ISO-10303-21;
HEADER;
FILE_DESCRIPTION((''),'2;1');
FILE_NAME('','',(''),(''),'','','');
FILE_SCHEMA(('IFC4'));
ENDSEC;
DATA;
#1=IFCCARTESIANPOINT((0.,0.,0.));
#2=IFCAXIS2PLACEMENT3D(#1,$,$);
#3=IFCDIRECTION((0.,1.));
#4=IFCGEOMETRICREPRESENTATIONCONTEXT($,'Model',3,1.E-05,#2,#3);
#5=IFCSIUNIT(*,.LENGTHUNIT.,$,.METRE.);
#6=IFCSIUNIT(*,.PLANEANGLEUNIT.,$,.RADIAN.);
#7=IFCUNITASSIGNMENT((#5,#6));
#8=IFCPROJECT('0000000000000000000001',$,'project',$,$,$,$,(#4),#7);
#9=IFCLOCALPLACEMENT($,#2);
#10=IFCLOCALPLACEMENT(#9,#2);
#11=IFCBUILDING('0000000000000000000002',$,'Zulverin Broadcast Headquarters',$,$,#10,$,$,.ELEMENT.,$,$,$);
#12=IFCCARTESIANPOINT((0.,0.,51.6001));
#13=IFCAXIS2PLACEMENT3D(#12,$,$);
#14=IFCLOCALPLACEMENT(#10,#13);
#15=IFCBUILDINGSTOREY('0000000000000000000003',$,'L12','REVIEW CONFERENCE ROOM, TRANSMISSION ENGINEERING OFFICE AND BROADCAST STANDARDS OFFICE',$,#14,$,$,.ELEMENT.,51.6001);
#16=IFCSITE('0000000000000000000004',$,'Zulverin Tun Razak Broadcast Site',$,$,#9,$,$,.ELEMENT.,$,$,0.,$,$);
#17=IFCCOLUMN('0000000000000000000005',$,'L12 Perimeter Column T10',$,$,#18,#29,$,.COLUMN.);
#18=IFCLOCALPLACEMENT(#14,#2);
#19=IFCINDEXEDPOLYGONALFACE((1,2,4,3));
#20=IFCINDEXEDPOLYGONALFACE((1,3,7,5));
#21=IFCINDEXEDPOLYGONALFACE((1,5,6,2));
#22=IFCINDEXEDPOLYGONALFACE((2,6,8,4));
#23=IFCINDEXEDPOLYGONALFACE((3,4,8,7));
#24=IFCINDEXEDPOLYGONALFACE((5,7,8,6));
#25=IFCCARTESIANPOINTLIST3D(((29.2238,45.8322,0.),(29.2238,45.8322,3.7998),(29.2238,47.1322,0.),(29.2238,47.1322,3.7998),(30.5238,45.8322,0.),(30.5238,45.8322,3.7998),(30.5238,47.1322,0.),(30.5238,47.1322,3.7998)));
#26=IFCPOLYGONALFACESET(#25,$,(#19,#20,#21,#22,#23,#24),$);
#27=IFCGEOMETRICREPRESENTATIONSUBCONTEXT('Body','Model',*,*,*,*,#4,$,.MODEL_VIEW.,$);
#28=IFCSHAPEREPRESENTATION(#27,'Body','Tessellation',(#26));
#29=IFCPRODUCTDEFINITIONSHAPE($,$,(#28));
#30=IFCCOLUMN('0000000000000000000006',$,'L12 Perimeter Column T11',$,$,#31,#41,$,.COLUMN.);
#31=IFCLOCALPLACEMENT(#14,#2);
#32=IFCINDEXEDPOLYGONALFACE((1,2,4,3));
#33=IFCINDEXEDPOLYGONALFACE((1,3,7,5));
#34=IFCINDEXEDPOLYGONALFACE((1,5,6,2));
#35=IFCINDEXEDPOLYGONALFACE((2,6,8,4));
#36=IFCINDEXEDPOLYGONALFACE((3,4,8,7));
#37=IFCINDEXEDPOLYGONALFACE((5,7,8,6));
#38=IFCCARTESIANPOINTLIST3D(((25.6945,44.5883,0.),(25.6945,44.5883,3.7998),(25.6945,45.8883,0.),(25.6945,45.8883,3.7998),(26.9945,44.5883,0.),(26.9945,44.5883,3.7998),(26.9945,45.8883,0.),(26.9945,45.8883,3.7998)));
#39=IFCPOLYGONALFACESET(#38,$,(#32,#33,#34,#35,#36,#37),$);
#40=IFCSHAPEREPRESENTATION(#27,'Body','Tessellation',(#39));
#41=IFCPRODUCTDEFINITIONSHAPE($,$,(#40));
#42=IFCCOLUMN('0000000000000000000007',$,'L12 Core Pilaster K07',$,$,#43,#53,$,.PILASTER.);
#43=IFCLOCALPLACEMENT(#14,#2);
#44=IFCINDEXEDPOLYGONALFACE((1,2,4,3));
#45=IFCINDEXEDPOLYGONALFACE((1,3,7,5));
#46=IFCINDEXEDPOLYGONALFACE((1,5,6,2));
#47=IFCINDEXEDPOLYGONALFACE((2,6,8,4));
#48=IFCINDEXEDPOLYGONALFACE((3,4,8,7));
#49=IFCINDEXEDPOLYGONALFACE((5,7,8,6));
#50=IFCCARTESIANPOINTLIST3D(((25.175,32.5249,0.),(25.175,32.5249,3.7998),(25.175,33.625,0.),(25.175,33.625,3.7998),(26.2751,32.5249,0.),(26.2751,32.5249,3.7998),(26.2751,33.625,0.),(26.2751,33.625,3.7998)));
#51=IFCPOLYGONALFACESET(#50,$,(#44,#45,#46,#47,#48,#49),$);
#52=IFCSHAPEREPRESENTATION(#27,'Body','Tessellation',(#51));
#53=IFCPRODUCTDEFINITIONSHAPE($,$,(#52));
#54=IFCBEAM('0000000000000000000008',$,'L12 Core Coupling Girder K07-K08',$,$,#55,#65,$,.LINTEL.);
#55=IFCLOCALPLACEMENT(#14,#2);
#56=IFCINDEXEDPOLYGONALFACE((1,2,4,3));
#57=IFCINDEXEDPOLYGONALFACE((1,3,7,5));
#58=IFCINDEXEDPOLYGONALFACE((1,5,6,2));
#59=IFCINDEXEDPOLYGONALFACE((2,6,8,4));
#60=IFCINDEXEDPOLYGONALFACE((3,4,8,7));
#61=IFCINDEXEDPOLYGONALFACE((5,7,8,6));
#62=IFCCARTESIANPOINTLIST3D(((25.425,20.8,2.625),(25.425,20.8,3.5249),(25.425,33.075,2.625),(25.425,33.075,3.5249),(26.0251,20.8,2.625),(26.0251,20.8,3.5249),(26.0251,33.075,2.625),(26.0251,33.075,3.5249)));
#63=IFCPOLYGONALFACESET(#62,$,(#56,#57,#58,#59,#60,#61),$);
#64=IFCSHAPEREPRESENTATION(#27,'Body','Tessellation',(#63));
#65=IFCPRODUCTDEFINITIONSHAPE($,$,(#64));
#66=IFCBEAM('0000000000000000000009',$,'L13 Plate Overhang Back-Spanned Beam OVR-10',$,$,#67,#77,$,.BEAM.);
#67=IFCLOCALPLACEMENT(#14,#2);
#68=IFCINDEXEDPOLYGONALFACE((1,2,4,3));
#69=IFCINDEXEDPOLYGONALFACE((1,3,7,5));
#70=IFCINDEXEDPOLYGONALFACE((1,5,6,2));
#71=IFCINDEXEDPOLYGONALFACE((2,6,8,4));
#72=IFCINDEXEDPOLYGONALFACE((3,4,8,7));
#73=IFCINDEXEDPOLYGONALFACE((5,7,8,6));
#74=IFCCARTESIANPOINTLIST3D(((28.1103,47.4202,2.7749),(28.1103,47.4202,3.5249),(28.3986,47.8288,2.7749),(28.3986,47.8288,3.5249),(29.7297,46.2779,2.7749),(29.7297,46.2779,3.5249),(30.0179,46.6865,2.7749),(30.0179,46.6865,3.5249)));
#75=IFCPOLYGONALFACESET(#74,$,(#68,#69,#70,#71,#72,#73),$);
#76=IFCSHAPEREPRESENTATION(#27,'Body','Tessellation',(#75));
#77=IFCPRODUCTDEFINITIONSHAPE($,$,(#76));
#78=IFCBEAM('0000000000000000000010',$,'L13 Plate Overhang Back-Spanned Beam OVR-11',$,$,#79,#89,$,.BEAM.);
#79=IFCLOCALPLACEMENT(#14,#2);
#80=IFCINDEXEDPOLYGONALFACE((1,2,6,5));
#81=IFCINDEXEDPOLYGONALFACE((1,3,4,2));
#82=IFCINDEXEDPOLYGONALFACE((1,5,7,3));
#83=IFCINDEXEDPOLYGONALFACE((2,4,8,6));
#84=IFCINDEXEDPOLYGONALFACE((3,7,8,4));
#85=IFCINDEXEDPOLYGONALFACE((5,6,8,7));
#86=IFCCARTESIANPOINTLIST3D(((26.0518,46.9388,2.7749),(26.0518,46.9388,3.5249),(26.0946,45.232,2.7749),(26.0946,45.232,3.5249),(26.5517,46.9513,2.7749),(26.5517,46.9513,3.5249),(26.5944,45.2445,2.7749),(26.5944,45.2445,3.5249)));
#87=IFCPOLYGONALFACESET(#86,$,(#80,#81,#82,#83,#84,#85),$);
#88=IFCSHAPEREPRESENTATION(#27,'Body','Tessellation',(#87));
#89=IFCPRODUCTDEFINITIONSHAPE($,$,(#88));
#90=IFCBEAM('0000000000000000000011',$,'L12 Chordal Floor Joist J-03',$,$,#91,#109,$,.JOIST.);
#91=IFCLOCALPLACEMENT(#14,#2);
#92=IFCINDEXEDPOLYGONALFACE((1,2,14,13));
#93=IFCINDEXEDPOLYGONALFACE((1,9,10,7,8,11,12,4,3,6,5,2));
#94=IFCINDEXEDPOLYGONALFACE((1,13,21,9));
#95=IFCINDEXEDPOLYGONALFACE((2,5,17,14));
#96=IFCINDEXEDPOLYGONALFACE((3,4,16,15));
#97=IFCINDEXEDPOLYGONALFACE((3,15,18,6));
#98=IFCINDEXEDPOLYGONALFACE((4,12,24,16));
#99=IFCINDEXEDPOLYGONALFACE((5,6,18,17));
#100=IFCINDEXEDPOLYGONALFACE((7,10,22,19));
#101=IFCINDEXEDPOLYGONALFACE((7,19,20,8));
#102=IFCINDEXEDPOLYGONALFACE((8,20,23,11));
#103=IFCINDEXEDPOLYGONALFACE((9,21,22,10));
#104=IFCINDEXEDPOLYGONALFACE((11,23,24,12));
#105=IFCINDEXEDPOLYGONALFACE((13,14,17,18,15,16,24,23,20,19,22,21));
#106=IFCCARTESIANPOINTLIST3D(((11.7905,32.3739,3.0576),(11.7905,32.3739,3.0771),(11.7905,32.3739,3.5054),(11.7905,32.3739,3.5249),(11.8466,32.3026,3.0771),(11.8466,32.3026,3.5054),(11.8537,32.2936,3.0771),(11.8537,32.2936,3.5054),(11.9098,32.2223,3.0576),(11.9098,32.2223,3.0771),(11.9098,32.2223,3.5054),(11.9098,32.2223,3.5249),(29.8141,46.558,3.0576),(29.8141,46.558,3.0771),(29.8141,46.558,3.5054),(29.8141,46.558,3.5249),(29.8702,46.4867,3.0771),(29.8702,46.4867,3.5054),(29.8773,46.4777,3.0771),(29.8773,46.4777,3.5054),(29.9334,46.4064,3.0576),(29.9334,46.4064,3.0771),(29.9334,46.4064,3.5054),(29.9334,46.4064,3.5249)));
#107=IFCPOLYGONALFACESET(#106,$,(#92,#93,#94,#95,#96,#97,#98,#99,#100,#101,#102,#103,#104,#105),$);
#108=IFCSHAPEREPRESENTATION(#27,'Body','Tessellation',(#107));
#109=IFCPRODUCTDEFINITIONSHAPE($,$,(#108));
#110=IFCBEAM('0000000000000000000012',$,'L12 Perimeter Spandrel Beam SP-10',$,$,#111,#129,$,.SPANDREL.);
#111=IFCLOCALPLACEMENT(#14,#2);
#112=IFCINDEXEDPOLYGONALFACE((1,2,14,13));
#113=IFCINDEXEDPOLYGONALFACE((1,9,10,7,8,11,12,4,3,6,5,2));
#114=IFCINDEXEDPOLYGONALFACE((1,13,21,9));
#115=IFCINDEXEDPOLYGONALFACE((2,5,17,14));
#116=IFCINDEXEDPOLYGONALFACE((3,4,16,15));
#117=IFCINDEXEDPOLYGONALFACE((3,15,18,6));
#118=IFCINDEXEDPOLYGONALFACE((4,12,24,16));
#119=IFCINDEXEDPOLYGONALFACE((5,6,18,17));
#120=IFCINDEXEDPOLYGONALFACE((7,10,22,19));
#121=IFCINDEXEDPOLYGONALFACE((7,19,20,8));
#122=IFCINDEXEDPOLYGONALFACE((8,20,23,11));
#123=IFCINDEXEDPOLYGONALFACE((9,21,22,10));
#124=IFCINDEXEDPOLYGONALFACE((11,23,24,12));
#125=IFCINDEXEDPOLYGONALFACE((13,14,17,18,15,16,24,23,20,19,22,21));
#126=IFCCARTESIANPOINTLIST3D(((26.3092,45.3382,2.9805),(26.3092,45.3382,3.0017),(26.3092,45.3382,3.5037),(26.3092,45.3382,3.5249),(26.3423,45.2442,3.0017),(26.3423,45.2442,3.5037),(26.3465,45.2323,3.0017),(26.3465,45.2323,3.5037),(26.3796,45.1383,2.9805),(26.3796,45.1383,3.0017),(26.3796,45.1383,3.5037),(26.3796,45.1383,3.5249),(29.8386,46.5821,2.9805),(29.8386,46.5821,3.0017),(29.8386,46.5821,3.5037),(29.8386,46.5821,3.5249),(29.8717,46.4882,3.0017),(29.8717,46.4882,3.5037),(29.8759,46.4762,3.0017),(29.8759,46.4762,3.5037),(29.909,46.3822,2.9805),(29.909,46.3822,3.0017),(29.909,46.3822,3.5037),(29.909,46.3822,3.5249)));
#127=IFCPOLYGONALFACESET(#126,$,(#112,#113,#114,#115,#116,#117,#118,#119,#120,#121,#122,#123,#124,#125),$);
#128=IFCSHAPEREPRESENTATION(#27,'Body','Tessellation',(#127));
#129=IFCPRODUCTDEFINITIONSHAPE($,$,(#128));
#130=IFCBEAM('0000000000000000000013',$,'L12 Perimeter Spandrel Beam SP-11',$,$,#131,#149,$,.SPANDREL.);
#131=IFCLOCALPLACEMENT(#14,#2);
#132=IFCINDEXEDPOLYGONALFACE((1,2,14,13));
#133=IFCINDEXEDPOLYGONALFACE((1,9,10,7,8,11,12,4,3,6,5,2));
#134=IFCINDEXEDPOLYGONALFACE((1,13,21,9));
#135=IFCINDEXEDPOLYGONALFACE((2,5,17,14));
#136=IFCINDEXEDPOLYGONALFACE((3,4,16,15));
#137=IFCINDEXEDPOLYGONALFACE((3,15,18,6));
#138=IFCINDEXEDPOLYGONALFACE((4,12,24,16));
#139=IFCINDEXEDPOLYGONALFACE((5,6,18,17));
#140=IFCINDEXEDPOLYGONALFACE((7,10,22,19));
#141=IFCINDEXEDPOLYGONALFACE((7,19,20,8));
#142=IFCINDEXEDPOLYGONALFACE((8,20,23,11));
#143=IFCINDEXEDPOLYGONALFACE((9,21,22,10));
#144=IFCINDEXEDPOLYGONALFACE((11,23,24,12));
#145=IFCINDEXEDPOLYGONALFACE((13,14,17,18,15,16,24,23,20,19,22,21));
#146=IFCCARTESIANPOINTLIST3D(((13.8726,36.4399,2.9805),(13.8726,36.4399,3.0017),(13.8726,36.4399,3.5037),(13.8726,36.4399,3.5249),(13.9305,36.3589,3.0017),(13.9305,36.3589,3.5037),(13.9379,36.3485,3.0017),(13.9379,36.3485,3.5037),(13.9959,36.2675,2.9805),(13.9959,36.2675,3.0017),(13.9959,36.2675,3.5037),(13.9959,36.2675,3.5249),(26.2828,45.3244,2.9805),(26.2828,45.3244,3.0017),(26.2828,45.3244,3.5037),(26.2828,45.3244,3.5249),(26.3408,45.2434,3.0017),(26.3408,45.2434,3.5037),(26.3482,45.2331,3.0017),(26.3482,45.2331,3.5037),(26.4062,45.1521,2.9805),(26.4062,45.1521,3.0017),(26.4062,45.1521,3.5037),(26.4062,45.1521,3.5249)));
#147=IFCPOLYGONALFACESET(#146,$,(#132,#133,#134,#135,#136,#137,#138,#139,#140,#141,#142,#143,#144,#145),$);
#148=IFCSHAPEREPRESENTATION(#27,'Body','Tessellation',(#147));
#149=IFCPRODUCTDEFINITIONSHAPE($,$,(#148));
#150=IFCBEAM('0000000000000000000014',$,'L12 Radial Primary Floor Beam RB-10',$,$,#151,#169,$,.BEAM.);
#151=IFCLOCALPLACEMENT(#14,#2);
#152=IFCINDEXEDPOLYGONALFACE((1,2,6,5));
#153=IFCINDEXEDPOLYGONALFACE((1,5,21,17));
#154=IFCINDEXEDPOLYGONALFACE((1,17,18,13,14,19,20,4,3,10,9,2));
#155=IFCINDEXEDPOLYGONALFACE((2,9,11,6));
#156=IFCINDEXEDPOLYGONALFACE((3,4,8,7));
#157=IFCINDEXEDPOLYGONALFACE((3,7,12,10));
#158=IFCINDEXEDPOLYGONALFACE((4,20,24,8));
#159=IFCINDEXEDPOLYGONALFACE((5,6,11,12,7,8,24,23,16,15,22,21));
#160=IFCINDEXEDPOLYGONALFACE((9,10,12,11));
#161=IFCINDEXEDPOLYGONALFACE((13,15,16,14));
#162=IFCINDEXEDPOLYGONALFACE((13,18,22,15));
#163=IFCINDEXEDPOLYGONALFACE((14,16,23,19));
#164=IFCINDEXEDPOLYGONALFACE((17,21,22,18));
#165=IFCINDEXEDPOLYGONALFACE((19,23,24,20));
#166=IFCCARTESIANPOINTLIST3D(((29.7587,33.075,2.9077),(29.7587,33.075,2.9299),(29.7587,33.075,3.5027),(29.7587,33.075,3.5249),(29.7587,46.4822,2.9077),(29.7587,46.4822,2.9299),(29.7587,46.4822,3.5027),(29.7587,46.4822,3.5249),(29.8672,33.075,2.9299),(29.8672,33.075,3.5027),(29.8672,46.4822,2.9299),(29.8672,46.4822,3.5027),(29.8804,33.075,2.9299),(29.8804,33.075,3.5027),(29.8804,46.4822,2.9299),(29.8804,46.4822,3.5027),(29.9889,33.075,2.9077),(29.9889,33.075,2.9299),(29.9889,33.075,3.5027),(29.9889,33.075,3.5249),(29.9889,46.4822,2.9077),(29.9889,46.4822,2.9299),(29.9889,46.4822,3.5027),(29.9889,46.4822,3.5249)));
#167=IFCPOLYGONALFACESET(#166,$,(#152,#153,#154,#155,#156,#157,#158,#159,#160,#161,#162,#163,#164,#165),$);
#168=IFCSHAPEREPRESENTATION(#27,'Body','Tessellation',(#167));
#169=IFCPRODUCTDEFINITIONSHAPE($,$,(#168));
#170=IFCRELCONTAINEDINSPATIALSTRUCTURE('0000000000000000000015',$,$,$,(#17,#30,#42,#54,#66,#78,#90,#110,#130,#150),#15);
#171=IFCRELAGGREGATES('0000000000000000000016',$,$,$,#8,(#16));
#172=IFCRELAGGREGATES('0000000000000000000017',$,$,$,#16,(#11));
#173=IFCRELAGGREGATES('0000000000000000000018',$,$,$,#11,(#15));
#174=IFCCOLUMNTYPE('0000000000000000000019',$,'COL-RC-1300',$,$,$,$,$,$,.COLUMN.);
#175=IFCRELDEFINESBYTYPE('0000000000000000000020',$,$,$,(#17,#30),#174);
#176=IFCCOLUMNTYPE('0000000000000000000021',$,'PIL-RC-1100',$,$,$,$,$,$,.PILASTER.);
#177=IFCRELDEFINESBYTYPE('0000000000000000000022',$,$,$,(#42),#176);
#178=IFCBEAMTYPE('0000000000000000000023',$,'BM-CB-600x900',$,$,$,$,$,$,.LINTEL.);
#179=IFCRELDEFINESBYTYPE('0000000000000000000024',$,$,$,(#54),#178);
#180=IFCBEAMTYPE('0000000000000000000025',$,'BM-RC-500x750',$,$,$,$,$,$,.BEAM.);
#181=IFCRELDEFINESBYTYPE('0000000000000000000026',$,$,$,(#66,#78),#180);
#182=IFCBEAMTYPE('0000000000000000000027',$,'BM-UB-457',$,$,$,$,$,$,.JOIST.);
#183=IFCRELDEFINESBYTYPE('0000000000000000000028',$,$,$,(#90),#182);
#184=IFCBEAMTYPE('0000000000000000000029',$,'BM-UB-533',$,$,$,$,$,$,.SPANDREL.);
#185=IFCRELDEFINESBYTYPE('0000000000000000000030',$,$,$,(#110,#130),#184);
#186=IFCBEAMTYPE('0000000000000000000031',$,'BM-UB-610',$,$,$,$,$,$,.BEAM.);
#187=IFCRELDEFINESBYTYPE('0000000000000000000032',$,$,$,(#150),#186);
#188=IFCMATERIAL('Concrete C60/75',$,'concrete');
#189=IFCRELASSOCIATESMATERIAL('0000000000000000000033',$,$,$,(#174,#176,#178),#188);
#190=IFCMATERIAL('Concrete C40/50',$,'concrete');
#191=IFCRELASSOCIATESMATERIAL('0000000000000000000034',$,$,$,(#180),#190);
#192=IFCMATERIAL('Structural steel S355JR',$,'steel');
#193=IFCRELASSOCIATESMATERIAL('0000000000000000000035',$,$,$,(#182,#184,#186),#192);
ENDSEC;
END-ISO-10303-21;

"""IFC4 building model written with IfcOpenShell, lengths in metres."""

from ifc_helpers import new_model, si_unit, direction, frame, origin, origin_2d, place, context, subcontext, project, spatial, rectangle, i_section, extrude, material, material_profile, profile_set, type_object, element, save


model = new_model("IFC4")

# Units and contexts
model_context = context("Model", 3, precision=1e-05, world=origin(), true_north=direction((0.0, 1.0)))
body_context = subcontext(model_context, "Body", "Model", "MODEL_VIEW")
ifc_project = project(units=[si_unit("LENGTHUNIT", "METRE"), si_unit("PLANEANGLEUNIT", "RADIAN")], contexts=[model_context])

# Site, building, storey
site_placement = place(None, origin())
site = spatial("IfcSite", under=ifc_project, at=site_placement, Name="Zulverin Tun Razak Broadcast Site", CompositionType="ELEMENT", RefElevation=0.0)
building_placement = place(site_placement, origin())
building = spatial("IfcBuilding", under=site, at=building_placement, Name="Zulverin Broadcast Headquarters", CompositionType="ELEMENT")
storey_placement = place(building_placement, frame((0.0, 0.0, 51.6001)))
storey = spatial("IfcBuildingStorey", under=building, at=storey_placement, Name="L12", Description="REVIEW CONFERENCE ROOM, TRANSMISSION ENGINEERING OFFICE AND BROADCAST STANDARDS OFFICE", CompositionType="ELEMENT", Elevation=51.6001)

# Columns
ifc_material_1 = material(Name="Concrete C60/75", Category="concrete")
ifc_material_profile_1 = material_profile(ifc_material_1, rectangle(XDim=1.3, YDim=1.3, at=origin_2d()), Name="Concrete C60/75", Category="concrete")
ifc_profile_set_1 = profile_set([ifc_material_profile_1], Name="Concrete C60/75")
column_type_1 = type_object("IfcColumnType", Name="COL-RC-1300", PredefinedType="COLUMN", material=ifc_profile_set_1)
for number, where, z_axis, x_axis, name in (
    (1, (29.8738, 46.4822, 0.0), (0.0, 0.0, 1.0), (1.0, 0.0, 0.0), "L12 Perimeter Column T10"),
    (2, (26.3445, 45.2383, 0.0), (0.0, 0.0, 1.0), (1.0, 0.0, 0.0), "L12 Perimeter Column T11"),
):
    element("IfcColumn", number, at=place(storey_placement, frame(where, z_axis=z_axis, x_axis=x_axis)), inside=storey, type_object=column_type_1, Name=name, PredefinedType="COLUMN", context=body_context, shape_type="SweptSolid", body=[
        extrude(rectangle(XDim=1.3, YDim=1.3, at=origin_2d()), origin(), (0.0, 0.0, 1.0), 3.7998),
    ])
ifc_material_profile_2 = material_profile(ifc_material_1, rectangle(XDim=1.1001, YDim=1.1001, at=origin_2d()), Name="Concrete C60/75", Category="concrete")
ifc_profile_set_2 = profile_set([ifc_material_profile_2], Name="Concrete C60/75")
column_type_2 = type_object("IfcColumnType", Name="PIL-RC-1100", PredefinedType="PILASTER", material=ifc_profile_set_2)
column_placement = place(storey_placement, frame((25.7251, 33.075, 0.0), z_axis=(0.0, 0.0, 1.0), x_axis=(1.0, 0.0, 0.0)))
element("IfcColumn", 3, at=column_placement, inside=storey, type_object=column_type_2, Name="L12 Core Pilaster K07", PredefinedType="PILASTER", context=body_context, shape_type="SweptSolid", body=[
    extrude(rectangle(XDim=1.1001, YDim=1.1001, at=origin_2d()), origin(), (0.0, 0.0, 1.0), 3.7998),
])

# Beams
ifc_material_profile_3 = material_profile(ifc_material_1, rectangle(XDim=0.6001, YDim=0.8999, at=origin_2d()), Name="Concrete C60/75", Category="concrete")
ifc_profile_set_3 = profile_set([ifc_material_profile_3], Name="Concrete C60/75")
beam_type_1 = type_object("IfcBeamType", Name="BM-CB-600x900", PredefinedType="LINTEL", material=ifc_profile_set_3)
beam_1_placement = place(storey_placement, frame((25.7251, 33.075, 3.075), z_axis=(0.0, -1.0, 0.0), x_axis=(1.0, 0.0, 0.0)))
element("IfcBeam", 4, at=beam_1_placement, inside=storey, type_object=beam_type_1, Name="L12 Core Coupling Girder K07-K08", PredefinedType="LINTEL", context=body_context, shape_type="SweptSolid", body=[
    extrude(rectangle(XDim=0.6001, YDim=0.8999, at=origin_2d()), origin(), (0.0, 0.0, 1.0), 12.2749),
])
ifc_material_2 = material(Name="Concrete C40/50", Category="concrete")
ifc_material_profile_4 = material_profile(ifc_material_2, rectangle(XDim=0.5, YDim=0.75, at=origin_2d()), Name="Concrete C40/50", Category="concrete")
ifc_profile_set_4 = profile_set([ifc_material_profile_4], Name="Concrete C40/50")
beam_type_2 = type_object("IfcBeamType", Name="BM-RC-500x750", PredefinedType="BEAM", material=ifc_profile_set_4)
beam_2_placement = place(storey_placement, frame((29.8738, 46.4822, 3.1499), z_axis=(-0.817149, 0.576427, 0.0), x_axis=(-0.576427, -0.817149, 0.0)))
element("IfcBeam", 5, at=beam_2_placement, inside=storey, type_object=beam_type_2, Name="L13 Plate Overhang Back-Spanned Beam OVR-10", PredefinedType="BEAM", context=body_context, shape_type="SweptSolid", body=[
    extrude(rectangle(XDim=0.5, YDim=0.75, at=origin_2d()), origin(), (0.0, 0.0, 1.0), 1.9817),
])
beam_3_placement = place(storey_placement, frame((26.3445, 45.2383, 3.1499), z_axis=(-0.025024, 0.999687, 0.0), x_axis=(-0.999687, -0.025024, 0.0)))
element("IfcBeam", 6, at=beam_3_placement, inside=storey, type_object=beam_type_2, Name="L13 Plate Overhang Back-Spanned Beam OVR-11", PredefinedType="BEAM", context=body_context, shape_type="SweptSolid", body=[
    extrude(rectangle(XDim=0.5, YDim=0.75, at=origin_2d()), origin(), (0.0, 0.0, 1.0), 1.7073),
])
ifc_material_3 = material(Name="Structural steel S355JR", Category="steel")
ifc_material_profile_5 = material_profile(ifc_material_3, i_section(OverallWidth=0.1929, OverallDepth=0.4673, WebThickness=0.0115, FlangeThickness=0.0195, at=origin_2d()), Name="Structural steel S355JR", Category="steel")
ifc_profile_set_5 = profile_set([ifc_material_profile_5], Name="Structural steel S355JR")
beam_type_3 = type_object("IfcBeamType", Name="BM-UB-457", PredefinedType="JOIST", material=ifc_profile_set_5)
beam_4_placement = place(storey_placement, frame((29.8738, 46.4822, 3.2913), z_axis=(-0.785839, -0.618431, 0.0), x_axis=(0.618431, -0.785839, 0.0)))
element("IfcBeam", 7, at=beam_4_placement, inside=storey, type_object=beam_type_3, Name="L12 Chordal Floor Joist J-03", PredefinedType="JOIST", context=body_context, shape_type="SweptSolid", body=[
    extrude(i_section(OverallWidth=0.1929, OverallDepth=0.4673, WebThickness=0.0115, FlangeThickness=0.0195, at=origin_2d()), origin(), (0.0, 0.0, 1.0), 22.9355),
])
ifc_material_profile_6 = material_profile(ifc_material_3, i_section(OverallWidth=0.2119, OverallDepth=0.5444, WebThickness=0.0127, FlangeThickness=0.0212, at=origin_2d()), Name="Structural steel S355JR", Category="steel")
ifc_profile_set_6 = profile_set([ifc_material_profile_6], Name="Structural steel S355JR")
beam_type_4 = type_object("IfcBeamType", Name="BM-UB-533", PredefinedType="SPANDREL", material=ifc_profile_set_6)
beam_5_placement = place(storey_placement, frame((29.8738, 46.4822, 3.2527), z_axis=(-0.943136, -0.332407, 0.0), x_axis=(0.332407, -0.943136, 0.0)))
element("IfcBeam", 8, at=beam_5_placement, inside=storey, type_object=beam_type_4, Name="L12 Perimeter Spandrel Beam SP-10", PredefinedType="SPANDREL", context=body_context, shape_type="SweptSolid", body=[
    extrude(i_section(OverallWidth=0.2119, OverallDepth=0.5444, WebThickness=0.0127, FlangeThickness=0.0212, at=origin_2d()), origin(), (0.0, 0.0, 1.0), 3.7422),
])
beam_6_placement = place(storey_placement, frame((26.3445, 45.2383, 3.2527), z_axis=(-0.813109, -0.582111, 0.0), x_axis=(0.582111, -0.813109, 0.0)))
element("IfcBeam", 9, at=beam_6_placement, inside=storey, type_object=beam_type_4, Name="L12 Perimeter Spandrel Beam SP-11", PredefinedType="SPANDREL", context=body_context, shape_type="SweptSolid", body=[
    extrude(i_section(OverallWidth=0.2119, OverallDepth=0.5444, WebThickness=0.0127, FlangeThickness=0.0212, at=origin_2d()), origin(), (0.0, 0.0, 1.0), 15.2627),
])
ifc_material_profile_7 = material_profile(ifc_material_3, i_section(OverallWidth=0.2302, OverallDepth=0.6172, WebThickness=0.0132, FlangeThickness=0.0222, at=origin_2d()), Name="Structural steel S355JR", Category="steel")
ifc_profile_set_7 = profile_set([ifc_material_profile_7], Name="Structural steel S355JR")
beam_type_5 = type_object("IfcBeamType", Name="BM-UB-610", PredefinedType="BEAM", material=ifc_profile_set_7)
beam_7_placement = place(storey_placement, frame((29.8738, 33.075, 3.2163), z_axis=(0.0, 1.0, 0.0), x_axis=(-1.0, 0.0, 0.0)))
element("IfcBeam", 10, at=beam_7_placement, inside=storey, type_object=beam_type_5, Name="L12 Radial Primary Floor Beam RB-10", PredefinedType="BEAM", context=body_context, shape_type="SweptSolid", body=[
    extrude(i_section(OverallWidth=0.2302, OverallDepth=0.6172, WebThickness=0.0132, FlangeThickness=0.0222, at=origin_2d()), origin(), (0.0, 0.0, 1.0), 13.4072),
])

save(model, "model.ifc")
